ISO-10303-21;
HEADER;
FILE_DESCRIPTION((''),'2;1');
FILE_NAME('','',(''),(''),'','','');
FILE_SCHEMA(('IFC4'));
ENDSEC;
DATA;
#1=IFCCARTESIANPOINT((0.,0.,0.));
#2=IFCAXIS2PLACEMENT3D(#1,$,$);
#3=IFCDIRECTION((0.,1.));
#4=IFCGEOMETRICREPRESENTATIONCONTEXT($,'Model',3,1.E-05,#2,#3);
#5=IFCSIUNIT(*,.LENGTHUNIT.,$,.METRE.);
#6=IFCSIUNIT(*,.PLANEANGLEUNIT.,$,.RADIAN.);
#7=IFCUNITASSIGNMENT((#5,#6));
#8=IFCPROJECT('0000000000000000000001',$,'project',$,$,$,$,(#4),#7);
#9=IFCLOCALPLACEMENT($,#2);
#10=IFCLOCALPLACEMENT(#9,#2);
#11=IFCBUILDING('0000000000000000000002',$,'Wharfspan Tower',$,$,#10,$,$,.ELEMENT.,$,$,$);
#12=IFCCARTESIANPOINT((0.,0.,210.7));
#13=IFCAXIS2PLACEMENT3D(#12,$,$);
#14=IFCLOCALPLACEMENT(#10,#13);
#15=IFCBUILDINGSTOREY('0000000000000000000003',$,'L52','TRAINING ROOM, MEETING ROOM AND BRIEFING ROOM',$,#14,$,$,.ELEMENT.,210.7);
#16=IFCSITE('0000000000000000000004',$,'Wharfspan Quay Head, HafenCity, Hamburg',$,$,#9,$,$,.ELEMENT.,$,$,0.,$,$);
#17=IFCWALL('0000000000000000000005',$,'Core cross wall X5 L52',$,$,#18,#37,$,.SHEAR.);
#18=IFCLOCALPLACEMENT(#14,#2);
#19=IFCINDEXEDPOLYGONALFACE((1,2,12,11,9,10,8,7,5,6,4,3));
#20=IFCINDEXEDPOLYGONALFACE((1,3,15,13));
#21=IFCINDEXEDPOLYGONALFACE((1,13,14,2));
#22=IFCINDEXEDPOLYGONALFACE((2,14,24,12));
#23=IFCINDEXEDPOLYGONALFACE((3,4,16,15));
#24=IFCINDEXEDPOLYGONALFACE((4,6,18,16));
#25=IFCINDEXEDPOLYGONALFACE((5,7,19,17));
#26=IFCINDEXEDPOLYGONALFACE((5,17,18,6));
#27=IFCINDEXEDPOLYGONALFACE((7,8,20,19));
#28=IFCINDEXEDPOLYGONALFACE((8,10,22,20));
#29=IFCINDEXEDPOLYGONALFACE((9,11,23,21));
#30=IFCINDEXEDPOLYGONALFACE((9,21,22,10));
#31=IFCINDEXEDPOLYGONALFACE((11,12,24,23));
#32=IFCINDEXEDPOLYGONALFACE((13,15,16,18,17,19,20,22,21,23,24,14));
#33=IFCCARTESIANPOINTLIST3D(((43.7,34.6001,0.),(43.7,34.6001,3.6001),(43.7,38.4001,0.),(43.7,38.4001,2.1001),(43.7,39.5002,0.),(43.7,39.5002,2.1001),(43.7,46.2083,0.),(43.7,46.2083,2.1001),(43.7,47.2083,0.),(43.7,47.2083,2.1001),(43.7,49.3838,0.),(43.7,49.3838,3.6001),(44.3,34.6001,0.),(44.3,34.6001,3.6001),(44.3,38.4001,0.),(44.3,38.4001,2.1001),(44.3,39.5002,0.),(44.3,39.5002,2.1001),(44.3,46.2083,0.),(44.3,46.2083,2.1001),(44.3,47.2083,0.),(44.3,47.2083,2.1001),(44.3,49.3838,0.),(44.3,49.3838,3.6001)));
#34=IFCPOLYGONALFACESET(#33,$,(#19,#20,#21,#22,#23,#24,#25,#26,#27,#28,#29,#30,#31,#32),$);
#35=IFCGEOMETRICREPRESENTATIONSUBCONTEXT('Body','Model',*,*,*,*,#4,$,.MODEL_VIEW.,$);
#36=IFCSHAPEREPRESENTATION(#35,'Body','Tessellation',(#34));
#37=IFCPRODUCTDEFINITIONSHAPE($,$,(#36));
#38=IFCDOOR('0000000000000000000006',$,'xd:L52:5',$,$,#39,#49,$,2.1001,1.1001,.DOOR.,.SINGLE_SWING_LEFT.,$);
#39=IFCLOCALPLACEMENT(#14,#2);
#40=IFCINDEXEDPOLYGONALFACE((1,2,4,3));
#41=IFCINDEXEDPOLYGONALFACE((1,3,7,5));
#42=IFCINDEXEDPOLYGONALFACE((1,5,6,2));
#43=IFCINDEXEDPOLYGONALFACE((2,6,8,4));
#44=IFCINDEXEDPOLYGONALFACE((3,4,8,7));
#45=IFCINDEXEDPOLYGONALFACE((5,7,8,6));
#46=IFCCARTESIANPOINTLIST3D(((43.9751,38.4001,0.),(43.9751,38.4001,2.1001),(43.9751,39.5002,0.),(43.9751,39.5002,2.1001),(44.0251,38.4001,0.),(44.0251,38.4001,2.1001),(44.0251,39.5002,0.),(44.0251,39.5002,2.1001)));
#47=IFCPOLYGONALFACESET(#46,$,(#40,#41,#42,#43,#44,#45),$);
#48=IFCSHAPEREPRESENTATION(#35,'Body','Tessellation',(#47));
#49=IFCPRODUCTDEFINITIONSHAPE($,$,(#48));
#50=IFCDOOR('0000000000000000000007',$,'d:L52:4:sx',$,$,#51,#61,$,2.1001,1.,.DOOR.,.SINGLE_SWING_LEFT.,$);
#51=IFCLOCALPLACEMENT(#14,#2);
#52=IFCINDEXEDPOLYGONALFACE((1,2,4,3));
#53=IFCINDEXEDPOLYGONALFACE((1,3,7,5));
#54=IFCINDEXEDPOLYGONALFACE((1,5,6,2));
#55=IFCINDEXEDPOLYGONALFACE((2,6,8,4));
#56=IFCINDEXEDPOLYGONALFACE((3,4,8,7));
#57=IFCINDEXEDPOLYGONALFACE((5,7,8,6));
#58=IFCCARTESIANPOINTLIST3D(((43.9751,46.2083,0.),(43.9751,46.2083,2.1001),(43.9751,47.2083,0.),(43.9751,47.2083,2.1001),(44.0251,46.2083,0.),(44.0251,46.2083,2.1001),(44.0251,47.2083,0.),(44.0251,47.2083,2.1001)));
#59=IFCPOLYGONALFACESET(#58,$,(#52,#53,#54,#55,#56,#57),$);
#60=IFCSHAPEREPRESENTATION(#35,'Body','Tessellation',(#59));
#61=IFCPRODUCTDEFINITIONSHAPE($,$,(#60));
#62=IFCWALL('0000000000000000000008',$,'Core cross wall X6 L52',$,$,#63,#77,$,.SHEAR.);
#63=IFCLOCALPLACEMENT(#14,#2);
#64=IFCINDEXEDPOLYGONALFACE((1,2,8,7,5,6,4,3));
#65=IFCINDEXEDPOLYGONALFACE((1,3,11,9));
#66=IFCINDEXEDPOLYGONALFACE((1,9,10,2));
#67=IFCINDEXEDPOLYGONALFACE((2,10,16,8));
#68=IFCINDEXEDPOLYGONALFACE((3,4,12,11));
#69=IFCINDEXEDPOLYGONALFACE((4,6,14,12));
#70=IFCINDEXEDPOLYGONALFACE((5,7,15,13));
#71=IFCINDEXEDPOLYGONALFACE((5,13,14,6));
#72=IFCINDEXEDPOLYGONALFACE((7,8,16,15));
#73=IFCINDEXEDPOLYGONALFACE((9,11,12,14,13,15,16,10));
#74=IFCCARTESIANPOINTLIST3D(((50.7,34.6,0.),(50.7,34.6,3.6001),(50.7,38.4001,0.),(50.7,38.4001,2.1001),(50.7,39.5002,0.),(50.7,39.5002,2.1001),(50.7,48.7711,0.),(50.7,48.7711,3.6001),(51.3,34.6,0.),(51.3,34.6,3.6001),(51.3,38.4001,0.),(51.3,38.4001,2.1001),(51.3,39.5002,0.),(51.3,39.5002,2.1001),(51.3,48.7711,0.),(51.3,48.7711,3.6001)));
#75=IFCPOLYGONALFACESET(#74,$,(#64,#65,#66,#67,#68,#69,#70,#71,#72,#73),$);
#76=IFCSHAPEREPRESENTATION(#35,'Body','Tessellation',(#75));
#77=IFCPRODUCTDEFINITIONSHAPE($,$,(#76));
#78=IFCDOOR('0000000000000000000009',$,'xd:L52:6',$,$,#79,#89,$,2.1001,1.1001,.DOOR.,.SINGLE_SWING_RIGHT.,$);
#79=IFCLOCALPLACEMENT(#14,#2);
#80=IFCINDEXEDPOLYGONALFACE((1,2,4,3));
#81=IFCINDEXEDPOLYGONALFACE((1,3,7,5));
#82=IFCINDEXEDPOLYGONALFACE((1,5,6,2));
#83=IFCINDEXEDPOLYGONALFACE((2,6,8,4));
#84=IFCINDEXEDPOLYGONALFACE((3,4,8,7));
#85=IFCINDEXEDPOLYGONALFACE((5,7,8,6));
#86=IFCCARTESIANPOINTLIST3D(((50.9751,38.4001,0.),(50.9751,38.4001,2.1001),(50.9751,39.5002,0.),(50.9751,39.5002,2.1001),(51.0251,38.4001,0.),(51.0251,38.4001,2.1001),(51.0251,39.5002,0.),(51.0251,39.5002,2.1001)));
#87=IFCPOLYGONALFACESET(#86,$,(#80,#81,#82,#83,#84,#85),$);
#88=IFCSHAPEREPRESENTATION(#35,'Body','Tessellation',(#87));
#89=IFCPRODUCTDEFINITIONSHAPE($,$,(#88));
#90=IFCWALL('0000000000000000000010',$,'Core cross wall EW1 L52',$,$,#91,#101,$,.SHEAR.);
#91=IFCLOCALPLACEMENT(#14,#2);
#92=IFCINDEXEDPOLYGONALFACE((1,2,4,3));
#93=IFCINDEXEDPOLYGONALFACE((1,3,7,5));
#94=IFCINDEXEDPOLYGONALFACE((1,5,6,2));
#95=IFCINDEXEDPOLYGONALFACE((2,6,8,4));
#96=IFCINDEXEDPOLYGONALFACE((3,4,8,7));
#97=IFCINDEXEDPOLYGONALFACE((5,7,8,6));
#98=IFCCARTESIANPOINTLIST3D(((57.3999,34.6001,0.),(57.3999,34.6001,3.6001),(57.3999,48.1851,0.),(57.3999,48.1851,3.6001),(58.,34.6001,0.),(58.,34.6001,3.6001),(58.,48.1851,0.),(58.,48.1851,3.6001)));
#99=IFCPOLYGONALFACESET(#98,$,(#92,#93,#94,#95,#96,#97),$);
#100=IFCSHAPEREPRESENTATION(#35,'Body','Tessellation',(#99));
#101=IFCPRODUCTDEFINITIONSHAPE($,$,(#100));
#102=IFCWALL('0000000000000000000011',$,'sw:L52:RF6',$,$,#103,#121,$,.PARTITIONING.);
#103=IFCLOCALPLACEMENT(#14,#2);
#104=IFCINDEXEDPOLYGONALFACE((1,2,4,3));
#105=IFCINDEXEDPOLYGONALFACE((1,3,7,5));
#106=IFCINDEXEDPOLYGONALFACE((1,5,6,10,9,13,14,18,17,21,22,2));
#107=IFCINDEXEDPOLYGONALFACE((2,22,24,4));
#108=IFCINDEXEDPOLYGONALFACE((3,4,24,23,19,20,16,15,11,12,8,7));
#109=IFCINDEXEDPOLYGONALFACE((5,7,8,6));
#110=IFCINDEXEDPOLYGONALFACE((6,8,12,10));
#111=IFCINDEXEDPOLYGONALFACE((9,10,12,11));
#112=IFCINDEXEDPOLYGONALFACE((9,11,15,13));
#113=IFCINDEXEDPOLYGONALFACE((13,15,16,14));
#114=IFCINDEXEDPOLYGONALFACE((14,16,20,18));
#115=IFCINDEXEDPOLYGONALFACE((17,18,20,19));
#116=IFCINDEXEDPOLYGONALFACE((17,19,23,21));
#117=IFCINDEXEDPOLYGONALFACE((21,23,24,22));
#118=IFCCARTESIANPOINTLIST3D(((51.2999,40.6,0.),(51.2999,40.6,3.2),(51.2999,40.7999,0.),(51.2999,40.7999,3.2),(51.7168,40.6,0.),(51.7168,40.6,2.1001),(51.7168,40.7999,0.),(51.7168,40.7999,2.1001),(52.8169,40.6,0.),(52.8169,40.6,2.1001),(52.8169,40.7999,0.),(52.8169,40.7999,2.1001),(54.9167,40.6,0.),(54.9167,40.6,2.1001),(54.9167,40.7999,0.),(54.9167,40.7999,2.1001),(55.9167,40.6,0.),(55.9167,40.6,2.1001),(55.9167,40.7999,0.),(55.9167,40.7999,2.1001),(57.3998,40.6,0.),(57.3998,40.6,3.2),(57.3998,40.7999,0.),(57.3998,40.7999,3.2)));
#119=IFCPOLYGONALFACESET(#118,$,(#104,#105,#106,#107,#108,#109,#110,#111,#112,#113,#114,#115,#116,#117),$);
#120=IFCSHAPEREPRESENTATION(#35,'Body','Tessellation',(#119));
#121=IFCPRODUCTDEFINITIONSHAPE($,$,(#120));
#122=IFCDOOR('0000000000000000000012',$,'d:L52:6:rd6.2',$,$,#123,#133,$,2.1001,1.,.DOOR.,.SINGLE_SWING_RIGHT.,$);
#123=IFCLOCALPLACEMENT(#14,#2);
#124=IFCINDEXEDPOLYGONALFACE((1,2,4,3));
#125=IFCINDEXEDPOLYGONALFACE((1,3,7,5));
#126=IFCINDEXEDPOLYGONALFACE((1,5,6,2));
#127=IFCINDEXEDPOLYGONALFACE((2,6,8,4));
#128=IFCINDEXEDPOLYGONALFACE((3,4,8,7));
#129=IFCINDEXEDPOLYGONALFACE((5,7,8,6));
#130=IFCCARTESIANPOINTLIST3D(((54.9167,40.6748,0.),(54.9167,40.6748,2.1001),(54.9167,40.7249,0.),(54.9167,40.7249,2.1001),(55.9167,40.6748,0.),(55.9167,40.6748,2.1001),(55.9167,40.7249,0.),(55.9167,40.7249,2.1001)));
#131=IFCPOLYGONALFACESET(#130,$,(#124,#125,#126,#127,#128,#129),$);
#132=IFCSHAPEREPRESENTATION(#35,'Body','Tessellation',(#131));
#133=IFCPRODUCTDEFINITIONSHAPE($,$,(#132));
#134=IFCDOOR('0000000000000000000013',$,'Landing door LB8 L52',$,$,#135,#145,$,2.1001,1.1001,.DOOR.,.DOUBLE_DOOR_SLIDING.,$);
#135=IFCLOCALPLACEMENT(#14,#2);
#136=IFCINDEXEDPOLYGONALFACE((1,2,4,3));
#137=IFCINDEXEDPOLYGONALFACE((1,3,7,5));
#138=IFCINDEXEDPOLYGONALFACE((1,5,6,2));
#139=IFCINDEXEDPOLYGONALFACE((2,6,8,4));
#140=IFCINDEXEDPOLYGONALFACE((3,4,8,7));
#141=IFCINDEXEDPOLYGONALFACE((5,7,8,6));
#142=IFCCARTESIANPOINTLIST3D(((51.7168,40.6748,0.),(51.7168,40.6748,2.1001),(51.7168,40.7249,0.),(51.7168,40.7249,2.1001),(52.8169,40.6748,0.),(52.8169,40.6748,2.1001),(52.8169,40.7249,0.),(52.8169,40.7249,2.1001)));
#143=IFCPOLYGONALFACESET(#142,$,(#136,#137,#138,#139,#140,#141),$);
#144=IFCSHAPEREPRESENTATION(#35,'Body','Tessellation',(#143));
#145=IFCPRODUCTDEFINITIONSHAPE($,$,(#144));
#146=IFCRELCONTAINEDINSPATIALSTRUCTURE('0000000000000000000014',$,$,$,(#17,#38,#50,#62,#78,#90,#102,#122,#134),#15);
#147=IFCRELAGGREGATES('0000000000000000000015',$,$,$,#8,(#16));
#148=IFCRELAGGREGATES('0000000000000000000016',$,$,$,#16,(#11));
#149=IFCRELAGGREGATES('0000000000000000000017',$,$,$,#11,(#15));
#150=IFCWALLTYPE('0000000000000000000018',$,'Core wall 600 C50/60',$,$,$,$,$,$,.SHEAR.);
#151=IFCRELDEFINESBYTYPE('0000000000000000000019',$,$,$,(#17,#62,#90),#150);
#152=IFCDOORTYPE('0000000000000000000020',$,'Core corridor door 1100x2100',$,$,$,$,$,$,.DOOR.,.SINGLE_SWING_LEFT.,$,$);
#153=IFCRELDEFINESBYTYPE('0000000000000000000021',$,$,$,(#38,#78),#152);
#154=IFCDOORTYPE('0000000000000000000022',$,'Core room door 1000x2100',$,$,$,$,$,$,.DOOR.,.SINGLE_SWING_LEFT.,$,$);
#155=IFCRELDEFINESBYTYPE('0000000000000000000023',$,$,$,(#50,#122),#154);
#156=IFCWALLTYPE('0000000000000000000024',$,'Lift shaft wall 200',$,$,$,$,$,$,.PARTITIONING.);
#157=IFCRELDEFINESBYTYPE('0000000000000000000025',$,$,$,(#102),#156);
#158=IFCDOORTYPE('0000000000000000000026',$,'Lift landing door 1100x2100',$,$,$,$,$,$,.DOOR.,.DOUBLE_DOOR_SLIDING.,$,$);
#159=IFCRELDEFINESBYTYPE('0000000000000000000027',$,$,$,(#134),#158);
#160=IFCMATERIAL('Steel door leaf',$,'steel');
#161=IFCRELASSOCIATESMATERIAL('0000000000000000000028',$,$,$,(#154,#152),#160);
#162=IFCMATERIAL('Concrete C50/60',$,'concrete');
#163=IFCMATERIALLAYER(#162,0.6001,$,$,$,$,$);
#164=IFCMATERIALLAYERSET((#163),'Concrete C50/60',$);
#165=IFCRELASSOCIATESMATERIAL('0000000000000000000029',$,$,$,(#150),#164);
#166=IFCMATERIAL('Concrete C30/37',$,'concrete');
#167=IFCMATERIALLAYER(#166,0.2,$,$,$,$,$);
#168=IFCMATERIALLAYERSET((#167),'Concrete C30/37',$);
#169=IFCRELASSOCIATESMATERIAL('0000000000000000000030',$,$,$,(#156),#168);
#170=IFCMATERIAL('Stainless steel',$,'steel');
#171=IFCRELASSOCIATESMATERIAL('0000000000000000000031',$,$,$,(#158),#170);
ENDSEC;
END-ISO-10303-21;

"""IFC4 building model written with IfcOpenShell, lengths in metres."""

from ifc_helpers import new_model, si_unit, direction, frame, frame_2d, origin, place, context, subcontext, project, spatial, rectangle, extrude, material, layer, layer_set, type_object, element, fill, save


model = new_model("IFC4")

# Units and contexts
model_context = context("Model", 3, precision=1e-05, world=origin(), true_north=direction((0.0, 1.0)))
body_context = subcontext(model_context, "Body", "Model", "MODEL_VIEW")
ifc_project = project(units=[si_unit("LENGTHUNIT", "METRE"), si_unit("PLANEANGLEUNIT", "RADIAN")], contexts=[model_context])

# Site, building, storey
site_placement = place(None, origin())
site = spatial("IfcSite", under=ifc_project, at=site_placement, Name="Wharfspan Quay Head, HafenCity, Hamburg", CompositionType="ELEMENT", RefElevation=0.0)
building_placement = place(site_placement, origin())
building = spatial("IfcBuilding", under=site, at=building_placement, Name="Wharfspan Tower", CompositionType="ELEMENT")
storey_placement = place(building_placement, frame((0.0, 0.0, 210.7)))
storey = spatial("IfcBuildingStorey", under=building, at=storey_placement, Name="L52", Description="TRAINING ROOM, MEETING ROOM AND BRIEFING ROOM", CompositionType="ELEMENT", Elevation=210.7)

# Shared definitions
ifc_material_1 = material(Name="Concrete C50/60", Category="concrete")

# Shared definitions
ifc_material_2 = material(Name="Steel door leaf", Category="steel")
door_type_1 = type_object("IfcDoorType", Name="Core room door 1000x2100", OperationType="SINGLE_SWING_LEFT", PredefinedType="DOOR", material=ifc_material_2)

# Wall, openings, doors
ifc_layer_1 = layer(ifc_material_1, 0.6001)
ifc_layer_set_1 = layer_set([ifc_layer_1], Name="Concrete C50/60")
wall_type_1 = type_object("IfcWallType", Name="Core wall 600 C50/60", PredefinedType="SHEAR", material=ifc_layer_set_1)
wall_1_placement = place(storey_placement, frame((44.0, 34.6001, 0.0), z_axis=(0.0, 0.0, 1.0), x_axis=(0.0, 1.0, 0.0)))
wall_1 = element("IfcWall", 1, at=wall_1_placement, inside=storey, type_object=wall_type_1, Name="Core cross wall X5 L52", PredefinedType="SHEAR", context=body_context, shape_type="SweptSolid", body=[
    extrude(rectangle(XDim=14.7837, YDim=0.6001, at=frame_2d((7.3918, 0.0))), origin(), (0.0, 0.0, 1.0), 3.6001),
])
opening_1_placement = place(wall_1_placement, frame((11.6082, 0.0, 0.0)))
opening_1 = element("IfcOpeningElement", 2, at=opening_1_placement, cuts=wall_1, PredefinedType="OPENING", context=body_context, shape_type="SweptSolid", body=[
    extrude(rectangle(XDim=1.0, YDim=2.1001, at=frame_2d((0.5, 1.05))), frame((0.0, 0.3101, 0.0), z_axis=(0.0, -1.0, 0.0), x_axis=(1.0, 0.0, 0.0)), (0.0, 0.0, 1.0), 0.6201),
])
opening_2_placement = place(wall_1_placement, frame((3.8, 0.0, 0.0)))
opening_2 = element("IfcOpeningElement", 3, at=opening_2_placement, cuts=wall_1, PredefinedType="OPENING", context=body_context, shape_type="SweptSolid", body=[
    extrude(rectangle(XDim=1.1001, YDim=2.1001, at=frame_2d((0.55, 1.05))), frame((0.0, 0.3101, 0.0), z_axis=(0.0, -1.0, 0.0), x_axis=(1.0, 0.0, 0.0)), (0.0, 0.0, 1.0), 0.6201),
])
door_type_2 = type_object("IfcDoorType", Name="Core corridor door 1100x2100", OperationType="SINGLE_SWING_LEFT", PredefinedType="DOOR", material=ifc_material_2)
door_1_placement = place(opening_2_placement, origin())
door_1 = element("IfcDoor", 4, at=door_1_placement, inside=storey, type_object=door_type_2, Name="xd:L52:5", OperationType="SINGLE_SWING_LEFT", OverallHeight=2.1001, OverallWidth=1.1001, PredefinedType="DOOR", context=body_context, shape_type="SweptSolid", body=[
    extrude(rectangle(XDim=1.1001, YDim=2.1001, at=frame_2d((0.55, 1.05))), frame((0.0, 0.0249, 0.0), z_axis=(0.0, -1.0, 0.0), x_axis=(1.0, 0.0, 0.0)), (0.0, 0.0, 1.0), 0.05),
])
fill(opening_2, door_1)
door_2_placement = place(opening_1_placement, origin())
door_2 = element("IfcDoor", 5, at=door_2_placement, inside=storey, type_object=door_type_1, Name="d:L52:4:sx", OperationType="SINGLE_SWING_LEFT", OverallHeight=2.1001, OverallWidth=1.0, PredefinedType="DOOR", context=body_context, shape_type="SweptSolid", body=[
    extrude(rectangle(XDim=1.0, YDim=2.1001, at=frame_2d((0.5, 1.05))), frame((0.0, 0.0249, 0.0), z_axis=(0.0, -1.0, 0.0), x_axis=(1.0, 0.0, 0.0)), (0.0, 0.0, 1.0), 0.05),
])
fill(opening_1, door_2)

# Wall, opening, door
wall_2_placement = place(storey_placement, frame((51.0, 34.6001, 0.0), z_axis=(0.0, 0.0, 1.0), x_axis=(0.0, 1.0, 0.0)))
wall_2 = element("IfcWall", 6, at=wall_2_placement, inside=storey, type_object=wall_type_1, Name="Core cross wall X6 L52", PredefinedType="SHEAR", context=body_context, shape_type="SweptSolid", body=[
    extrude(rectangle(XDim=14.1711, YDim=0.6001, at=frame_2d((7.0854, 0.0))), origin(), (0.0, 0.0, 1.0), 3.6001),
])
opening_3_placement = place(wall_2_placement, frame((3.8, 0.0, 0.0)))
opening_3 = element("IfcOpeningElement", 7, at=opening_3_placement, cuts=wall_2, PredefinedType="OPENING", context=body_context, shape_type="SweptSolid", body=[
    extrude(rectangle(XDim=1.1001, YDim=2.1001, at=frame_2d((0.55, 1.05))), frame((0.0, 0.3101, 0.0), z_axis=(0.0, -1.0, 0.0), x_axis=(1.0, 0.0, 0.0)), (0.0, 0.0, 1.0), 0.6201),
])
door_3_placement = place(opening_3_placement, origin())
door_3 = element("IfcDoor", 8, at=door_3_placement, inside=storey, type_object=door_type_2, Name="xd:L52:6", OperationType="SINGLE_SWING_RIGHT", OverallHeight=2.1001, OverallWidth=1.1001, PredefinedType="DOOR", context=body_context, shape_type="SweptSolid", body=[
    extrude(rectangle(XDim=1.1001, YDim=2.1001, at=frame_2d((0.55, 1.05))), frame((0.0, 0.0249, 0.0), z_axis=(0.0, -1.0, 0.0), x_axis=(1.0, 0.0, 0.0)), (0.0, 0.0, 1.0), 0.05),
])
fill(opening_3, door_3)

# Wall
wall_3_placement = place(storey_placement, frame((57.7, 34.6001, 0.0), z_axis=(0.0, 0.0, 1.0), x_axis=(0.0, 1.0, 0.0)))
element("IfcWall", 9, at=wall_3_placement, inside=storey, type_object=wall_type_1, Name="Core cross wall EW1 L52", PredefinedType="SHEAR", context=body_context, shape_type="SweptSolid", body=[
    extrude(rectangle(XDim=13.585, YDim=0.6001, at=frame_2d((6.7925, 0.0))), origin(), (0.0, 0.0, 1.0), 3.6001),
])

# Wall, openings, doors
ifc_material_3 = material(Name="Concrete C30/37", Category="concrete")
ifc_layer_2 = layer(ifc_material_3, 0.2)
ifc_layer_set_2 = layer_set([ifc_layer_2], Name="Concrete C30/37")
wall_type_2 = type_object("IfcWallType", Name="Lift shaft wall 200", PredefinedType="PARTITIONING", material=ifc_layer_set_2)
wall_4_placement = place(storey_placement, frame((51.3, 40.7, 0.0), z_axis=(0.0, 0.0, 1.0), x_axis=(1.0, 0.0, 0.0)))
wall_4 = element("IfcWall", 10, at=wall_4_placement, inside=storey, type_object=wall_type_2, Name="sw:L52:RF6", PredefinedType="PARTITIONING", context=body_context, shape_type="SweptSolid", body=[
    extrude(rectangle(XDim=6.0999, YDim=0.2, at=frame_2d((3.0498, 0.0))), origin(), (0.0, 0.0, 1.0), 3.2),
])
opening_4_placement = place(wall_4_placement, frame((0.4167, 0.0, 0.0)))
opening_4 = element("IfcOpeningElement", 11, at=opening_4_placement, cuts=wall_4, PredefinedType="OPENING", context=body_context, shape_type="SweptSolid", body=[
    extrude(rectangle(XDim=1.1001, YDim=2.1001, at=frame_2d((0.55, 1.05))), frame((0.0, 0.1099, 0.0), z_axis=(0.0, -1.0, 0.0), x_axis=(1.0, 0.0, 0.0)), (0.0, 0.0, 1.0), 0.22),
])
opening_5_placement = place(wall_4_placement, frame((3.6167, 0.0, 0.0)))
opening_5 = element("IfcOpeningElement", 12, at=opening_5_placement, cuts=wall_4, PredefinedType="OPENING", context=body_context, shape_type="SweptSolid", body=[
    extrude(rectangle(XDim=1.0, YDim=2.1001, at=frame_2d((0.5, 1.05))), frame((0.0, 0.1099, 0.0), z_axis=(0.0, -1.0, 0.0), x_axis=(1.0, 0.0, 0.0)), (0.0, 0.0, 1.0), 0.22),
])
door_4_placement = place(opening_5_placement, origin())
door_4 = element("IfcDoor", 13, at=door_4_placement, inside=storey, type_object=door_type_1, Name="d:L52:6:rd6.2", OperationType="SINGLE_SWING_RIGHT", OverallHeight=2.1001, OverallWidth=1.0, PredefinedType="DOOR", context=body_context, shape_type="SweptSolid", body=[
    extrude(rectangle(XDim=1.0, YDim=2.1001, at=frame_2d((0.5, 1.05))), frame((0.0, 0.0249, 0.0), z_axis=(0.0, -1.0, 0.0), x_axis=(1.0, 0.0, 0.0)), (0.0, 0.0, 1.0), 0.05),
])
fill(opening_5, door_4)
ifc_material_4 = material(Name="Stainless steel", Category="steel")
door_type_3 = type_object("IfcDoorType", Name="Lift landing door 1100x2100", OperationType="DOUBLE_DOOR_SLIDING", PredefinedType="DOOR", material=ifc_material_4)
door_5_placement = place(opening_4_placement, origin())
door_5 = element("IfcDoor", 14, at=door_5_placement, inside=storey, type_object=door_type_3, Name="Landing door LB8 L52", OperationType="DOUBLE_DOOR_SLIDING", OverallHeight=2.1001, OverallWidth=1.1001, PredefinedType="DOOR", context=body_context, shape_type="SweptSolid", body=[
    extrude(rectangle(XDim=1.1001, YDim=2.1001, at=frame_2d((0.55, 1.05))), frame((0.0, 0.0249, 0.0), z_axis=(0.0, -1.0, 0.0), x_axis=(1.0, 0.0, 0.0)), (0.0, 0.0, 1.0), 0.05),
])
fill(opening_4, door_5)

save(model, "model.ifc")
